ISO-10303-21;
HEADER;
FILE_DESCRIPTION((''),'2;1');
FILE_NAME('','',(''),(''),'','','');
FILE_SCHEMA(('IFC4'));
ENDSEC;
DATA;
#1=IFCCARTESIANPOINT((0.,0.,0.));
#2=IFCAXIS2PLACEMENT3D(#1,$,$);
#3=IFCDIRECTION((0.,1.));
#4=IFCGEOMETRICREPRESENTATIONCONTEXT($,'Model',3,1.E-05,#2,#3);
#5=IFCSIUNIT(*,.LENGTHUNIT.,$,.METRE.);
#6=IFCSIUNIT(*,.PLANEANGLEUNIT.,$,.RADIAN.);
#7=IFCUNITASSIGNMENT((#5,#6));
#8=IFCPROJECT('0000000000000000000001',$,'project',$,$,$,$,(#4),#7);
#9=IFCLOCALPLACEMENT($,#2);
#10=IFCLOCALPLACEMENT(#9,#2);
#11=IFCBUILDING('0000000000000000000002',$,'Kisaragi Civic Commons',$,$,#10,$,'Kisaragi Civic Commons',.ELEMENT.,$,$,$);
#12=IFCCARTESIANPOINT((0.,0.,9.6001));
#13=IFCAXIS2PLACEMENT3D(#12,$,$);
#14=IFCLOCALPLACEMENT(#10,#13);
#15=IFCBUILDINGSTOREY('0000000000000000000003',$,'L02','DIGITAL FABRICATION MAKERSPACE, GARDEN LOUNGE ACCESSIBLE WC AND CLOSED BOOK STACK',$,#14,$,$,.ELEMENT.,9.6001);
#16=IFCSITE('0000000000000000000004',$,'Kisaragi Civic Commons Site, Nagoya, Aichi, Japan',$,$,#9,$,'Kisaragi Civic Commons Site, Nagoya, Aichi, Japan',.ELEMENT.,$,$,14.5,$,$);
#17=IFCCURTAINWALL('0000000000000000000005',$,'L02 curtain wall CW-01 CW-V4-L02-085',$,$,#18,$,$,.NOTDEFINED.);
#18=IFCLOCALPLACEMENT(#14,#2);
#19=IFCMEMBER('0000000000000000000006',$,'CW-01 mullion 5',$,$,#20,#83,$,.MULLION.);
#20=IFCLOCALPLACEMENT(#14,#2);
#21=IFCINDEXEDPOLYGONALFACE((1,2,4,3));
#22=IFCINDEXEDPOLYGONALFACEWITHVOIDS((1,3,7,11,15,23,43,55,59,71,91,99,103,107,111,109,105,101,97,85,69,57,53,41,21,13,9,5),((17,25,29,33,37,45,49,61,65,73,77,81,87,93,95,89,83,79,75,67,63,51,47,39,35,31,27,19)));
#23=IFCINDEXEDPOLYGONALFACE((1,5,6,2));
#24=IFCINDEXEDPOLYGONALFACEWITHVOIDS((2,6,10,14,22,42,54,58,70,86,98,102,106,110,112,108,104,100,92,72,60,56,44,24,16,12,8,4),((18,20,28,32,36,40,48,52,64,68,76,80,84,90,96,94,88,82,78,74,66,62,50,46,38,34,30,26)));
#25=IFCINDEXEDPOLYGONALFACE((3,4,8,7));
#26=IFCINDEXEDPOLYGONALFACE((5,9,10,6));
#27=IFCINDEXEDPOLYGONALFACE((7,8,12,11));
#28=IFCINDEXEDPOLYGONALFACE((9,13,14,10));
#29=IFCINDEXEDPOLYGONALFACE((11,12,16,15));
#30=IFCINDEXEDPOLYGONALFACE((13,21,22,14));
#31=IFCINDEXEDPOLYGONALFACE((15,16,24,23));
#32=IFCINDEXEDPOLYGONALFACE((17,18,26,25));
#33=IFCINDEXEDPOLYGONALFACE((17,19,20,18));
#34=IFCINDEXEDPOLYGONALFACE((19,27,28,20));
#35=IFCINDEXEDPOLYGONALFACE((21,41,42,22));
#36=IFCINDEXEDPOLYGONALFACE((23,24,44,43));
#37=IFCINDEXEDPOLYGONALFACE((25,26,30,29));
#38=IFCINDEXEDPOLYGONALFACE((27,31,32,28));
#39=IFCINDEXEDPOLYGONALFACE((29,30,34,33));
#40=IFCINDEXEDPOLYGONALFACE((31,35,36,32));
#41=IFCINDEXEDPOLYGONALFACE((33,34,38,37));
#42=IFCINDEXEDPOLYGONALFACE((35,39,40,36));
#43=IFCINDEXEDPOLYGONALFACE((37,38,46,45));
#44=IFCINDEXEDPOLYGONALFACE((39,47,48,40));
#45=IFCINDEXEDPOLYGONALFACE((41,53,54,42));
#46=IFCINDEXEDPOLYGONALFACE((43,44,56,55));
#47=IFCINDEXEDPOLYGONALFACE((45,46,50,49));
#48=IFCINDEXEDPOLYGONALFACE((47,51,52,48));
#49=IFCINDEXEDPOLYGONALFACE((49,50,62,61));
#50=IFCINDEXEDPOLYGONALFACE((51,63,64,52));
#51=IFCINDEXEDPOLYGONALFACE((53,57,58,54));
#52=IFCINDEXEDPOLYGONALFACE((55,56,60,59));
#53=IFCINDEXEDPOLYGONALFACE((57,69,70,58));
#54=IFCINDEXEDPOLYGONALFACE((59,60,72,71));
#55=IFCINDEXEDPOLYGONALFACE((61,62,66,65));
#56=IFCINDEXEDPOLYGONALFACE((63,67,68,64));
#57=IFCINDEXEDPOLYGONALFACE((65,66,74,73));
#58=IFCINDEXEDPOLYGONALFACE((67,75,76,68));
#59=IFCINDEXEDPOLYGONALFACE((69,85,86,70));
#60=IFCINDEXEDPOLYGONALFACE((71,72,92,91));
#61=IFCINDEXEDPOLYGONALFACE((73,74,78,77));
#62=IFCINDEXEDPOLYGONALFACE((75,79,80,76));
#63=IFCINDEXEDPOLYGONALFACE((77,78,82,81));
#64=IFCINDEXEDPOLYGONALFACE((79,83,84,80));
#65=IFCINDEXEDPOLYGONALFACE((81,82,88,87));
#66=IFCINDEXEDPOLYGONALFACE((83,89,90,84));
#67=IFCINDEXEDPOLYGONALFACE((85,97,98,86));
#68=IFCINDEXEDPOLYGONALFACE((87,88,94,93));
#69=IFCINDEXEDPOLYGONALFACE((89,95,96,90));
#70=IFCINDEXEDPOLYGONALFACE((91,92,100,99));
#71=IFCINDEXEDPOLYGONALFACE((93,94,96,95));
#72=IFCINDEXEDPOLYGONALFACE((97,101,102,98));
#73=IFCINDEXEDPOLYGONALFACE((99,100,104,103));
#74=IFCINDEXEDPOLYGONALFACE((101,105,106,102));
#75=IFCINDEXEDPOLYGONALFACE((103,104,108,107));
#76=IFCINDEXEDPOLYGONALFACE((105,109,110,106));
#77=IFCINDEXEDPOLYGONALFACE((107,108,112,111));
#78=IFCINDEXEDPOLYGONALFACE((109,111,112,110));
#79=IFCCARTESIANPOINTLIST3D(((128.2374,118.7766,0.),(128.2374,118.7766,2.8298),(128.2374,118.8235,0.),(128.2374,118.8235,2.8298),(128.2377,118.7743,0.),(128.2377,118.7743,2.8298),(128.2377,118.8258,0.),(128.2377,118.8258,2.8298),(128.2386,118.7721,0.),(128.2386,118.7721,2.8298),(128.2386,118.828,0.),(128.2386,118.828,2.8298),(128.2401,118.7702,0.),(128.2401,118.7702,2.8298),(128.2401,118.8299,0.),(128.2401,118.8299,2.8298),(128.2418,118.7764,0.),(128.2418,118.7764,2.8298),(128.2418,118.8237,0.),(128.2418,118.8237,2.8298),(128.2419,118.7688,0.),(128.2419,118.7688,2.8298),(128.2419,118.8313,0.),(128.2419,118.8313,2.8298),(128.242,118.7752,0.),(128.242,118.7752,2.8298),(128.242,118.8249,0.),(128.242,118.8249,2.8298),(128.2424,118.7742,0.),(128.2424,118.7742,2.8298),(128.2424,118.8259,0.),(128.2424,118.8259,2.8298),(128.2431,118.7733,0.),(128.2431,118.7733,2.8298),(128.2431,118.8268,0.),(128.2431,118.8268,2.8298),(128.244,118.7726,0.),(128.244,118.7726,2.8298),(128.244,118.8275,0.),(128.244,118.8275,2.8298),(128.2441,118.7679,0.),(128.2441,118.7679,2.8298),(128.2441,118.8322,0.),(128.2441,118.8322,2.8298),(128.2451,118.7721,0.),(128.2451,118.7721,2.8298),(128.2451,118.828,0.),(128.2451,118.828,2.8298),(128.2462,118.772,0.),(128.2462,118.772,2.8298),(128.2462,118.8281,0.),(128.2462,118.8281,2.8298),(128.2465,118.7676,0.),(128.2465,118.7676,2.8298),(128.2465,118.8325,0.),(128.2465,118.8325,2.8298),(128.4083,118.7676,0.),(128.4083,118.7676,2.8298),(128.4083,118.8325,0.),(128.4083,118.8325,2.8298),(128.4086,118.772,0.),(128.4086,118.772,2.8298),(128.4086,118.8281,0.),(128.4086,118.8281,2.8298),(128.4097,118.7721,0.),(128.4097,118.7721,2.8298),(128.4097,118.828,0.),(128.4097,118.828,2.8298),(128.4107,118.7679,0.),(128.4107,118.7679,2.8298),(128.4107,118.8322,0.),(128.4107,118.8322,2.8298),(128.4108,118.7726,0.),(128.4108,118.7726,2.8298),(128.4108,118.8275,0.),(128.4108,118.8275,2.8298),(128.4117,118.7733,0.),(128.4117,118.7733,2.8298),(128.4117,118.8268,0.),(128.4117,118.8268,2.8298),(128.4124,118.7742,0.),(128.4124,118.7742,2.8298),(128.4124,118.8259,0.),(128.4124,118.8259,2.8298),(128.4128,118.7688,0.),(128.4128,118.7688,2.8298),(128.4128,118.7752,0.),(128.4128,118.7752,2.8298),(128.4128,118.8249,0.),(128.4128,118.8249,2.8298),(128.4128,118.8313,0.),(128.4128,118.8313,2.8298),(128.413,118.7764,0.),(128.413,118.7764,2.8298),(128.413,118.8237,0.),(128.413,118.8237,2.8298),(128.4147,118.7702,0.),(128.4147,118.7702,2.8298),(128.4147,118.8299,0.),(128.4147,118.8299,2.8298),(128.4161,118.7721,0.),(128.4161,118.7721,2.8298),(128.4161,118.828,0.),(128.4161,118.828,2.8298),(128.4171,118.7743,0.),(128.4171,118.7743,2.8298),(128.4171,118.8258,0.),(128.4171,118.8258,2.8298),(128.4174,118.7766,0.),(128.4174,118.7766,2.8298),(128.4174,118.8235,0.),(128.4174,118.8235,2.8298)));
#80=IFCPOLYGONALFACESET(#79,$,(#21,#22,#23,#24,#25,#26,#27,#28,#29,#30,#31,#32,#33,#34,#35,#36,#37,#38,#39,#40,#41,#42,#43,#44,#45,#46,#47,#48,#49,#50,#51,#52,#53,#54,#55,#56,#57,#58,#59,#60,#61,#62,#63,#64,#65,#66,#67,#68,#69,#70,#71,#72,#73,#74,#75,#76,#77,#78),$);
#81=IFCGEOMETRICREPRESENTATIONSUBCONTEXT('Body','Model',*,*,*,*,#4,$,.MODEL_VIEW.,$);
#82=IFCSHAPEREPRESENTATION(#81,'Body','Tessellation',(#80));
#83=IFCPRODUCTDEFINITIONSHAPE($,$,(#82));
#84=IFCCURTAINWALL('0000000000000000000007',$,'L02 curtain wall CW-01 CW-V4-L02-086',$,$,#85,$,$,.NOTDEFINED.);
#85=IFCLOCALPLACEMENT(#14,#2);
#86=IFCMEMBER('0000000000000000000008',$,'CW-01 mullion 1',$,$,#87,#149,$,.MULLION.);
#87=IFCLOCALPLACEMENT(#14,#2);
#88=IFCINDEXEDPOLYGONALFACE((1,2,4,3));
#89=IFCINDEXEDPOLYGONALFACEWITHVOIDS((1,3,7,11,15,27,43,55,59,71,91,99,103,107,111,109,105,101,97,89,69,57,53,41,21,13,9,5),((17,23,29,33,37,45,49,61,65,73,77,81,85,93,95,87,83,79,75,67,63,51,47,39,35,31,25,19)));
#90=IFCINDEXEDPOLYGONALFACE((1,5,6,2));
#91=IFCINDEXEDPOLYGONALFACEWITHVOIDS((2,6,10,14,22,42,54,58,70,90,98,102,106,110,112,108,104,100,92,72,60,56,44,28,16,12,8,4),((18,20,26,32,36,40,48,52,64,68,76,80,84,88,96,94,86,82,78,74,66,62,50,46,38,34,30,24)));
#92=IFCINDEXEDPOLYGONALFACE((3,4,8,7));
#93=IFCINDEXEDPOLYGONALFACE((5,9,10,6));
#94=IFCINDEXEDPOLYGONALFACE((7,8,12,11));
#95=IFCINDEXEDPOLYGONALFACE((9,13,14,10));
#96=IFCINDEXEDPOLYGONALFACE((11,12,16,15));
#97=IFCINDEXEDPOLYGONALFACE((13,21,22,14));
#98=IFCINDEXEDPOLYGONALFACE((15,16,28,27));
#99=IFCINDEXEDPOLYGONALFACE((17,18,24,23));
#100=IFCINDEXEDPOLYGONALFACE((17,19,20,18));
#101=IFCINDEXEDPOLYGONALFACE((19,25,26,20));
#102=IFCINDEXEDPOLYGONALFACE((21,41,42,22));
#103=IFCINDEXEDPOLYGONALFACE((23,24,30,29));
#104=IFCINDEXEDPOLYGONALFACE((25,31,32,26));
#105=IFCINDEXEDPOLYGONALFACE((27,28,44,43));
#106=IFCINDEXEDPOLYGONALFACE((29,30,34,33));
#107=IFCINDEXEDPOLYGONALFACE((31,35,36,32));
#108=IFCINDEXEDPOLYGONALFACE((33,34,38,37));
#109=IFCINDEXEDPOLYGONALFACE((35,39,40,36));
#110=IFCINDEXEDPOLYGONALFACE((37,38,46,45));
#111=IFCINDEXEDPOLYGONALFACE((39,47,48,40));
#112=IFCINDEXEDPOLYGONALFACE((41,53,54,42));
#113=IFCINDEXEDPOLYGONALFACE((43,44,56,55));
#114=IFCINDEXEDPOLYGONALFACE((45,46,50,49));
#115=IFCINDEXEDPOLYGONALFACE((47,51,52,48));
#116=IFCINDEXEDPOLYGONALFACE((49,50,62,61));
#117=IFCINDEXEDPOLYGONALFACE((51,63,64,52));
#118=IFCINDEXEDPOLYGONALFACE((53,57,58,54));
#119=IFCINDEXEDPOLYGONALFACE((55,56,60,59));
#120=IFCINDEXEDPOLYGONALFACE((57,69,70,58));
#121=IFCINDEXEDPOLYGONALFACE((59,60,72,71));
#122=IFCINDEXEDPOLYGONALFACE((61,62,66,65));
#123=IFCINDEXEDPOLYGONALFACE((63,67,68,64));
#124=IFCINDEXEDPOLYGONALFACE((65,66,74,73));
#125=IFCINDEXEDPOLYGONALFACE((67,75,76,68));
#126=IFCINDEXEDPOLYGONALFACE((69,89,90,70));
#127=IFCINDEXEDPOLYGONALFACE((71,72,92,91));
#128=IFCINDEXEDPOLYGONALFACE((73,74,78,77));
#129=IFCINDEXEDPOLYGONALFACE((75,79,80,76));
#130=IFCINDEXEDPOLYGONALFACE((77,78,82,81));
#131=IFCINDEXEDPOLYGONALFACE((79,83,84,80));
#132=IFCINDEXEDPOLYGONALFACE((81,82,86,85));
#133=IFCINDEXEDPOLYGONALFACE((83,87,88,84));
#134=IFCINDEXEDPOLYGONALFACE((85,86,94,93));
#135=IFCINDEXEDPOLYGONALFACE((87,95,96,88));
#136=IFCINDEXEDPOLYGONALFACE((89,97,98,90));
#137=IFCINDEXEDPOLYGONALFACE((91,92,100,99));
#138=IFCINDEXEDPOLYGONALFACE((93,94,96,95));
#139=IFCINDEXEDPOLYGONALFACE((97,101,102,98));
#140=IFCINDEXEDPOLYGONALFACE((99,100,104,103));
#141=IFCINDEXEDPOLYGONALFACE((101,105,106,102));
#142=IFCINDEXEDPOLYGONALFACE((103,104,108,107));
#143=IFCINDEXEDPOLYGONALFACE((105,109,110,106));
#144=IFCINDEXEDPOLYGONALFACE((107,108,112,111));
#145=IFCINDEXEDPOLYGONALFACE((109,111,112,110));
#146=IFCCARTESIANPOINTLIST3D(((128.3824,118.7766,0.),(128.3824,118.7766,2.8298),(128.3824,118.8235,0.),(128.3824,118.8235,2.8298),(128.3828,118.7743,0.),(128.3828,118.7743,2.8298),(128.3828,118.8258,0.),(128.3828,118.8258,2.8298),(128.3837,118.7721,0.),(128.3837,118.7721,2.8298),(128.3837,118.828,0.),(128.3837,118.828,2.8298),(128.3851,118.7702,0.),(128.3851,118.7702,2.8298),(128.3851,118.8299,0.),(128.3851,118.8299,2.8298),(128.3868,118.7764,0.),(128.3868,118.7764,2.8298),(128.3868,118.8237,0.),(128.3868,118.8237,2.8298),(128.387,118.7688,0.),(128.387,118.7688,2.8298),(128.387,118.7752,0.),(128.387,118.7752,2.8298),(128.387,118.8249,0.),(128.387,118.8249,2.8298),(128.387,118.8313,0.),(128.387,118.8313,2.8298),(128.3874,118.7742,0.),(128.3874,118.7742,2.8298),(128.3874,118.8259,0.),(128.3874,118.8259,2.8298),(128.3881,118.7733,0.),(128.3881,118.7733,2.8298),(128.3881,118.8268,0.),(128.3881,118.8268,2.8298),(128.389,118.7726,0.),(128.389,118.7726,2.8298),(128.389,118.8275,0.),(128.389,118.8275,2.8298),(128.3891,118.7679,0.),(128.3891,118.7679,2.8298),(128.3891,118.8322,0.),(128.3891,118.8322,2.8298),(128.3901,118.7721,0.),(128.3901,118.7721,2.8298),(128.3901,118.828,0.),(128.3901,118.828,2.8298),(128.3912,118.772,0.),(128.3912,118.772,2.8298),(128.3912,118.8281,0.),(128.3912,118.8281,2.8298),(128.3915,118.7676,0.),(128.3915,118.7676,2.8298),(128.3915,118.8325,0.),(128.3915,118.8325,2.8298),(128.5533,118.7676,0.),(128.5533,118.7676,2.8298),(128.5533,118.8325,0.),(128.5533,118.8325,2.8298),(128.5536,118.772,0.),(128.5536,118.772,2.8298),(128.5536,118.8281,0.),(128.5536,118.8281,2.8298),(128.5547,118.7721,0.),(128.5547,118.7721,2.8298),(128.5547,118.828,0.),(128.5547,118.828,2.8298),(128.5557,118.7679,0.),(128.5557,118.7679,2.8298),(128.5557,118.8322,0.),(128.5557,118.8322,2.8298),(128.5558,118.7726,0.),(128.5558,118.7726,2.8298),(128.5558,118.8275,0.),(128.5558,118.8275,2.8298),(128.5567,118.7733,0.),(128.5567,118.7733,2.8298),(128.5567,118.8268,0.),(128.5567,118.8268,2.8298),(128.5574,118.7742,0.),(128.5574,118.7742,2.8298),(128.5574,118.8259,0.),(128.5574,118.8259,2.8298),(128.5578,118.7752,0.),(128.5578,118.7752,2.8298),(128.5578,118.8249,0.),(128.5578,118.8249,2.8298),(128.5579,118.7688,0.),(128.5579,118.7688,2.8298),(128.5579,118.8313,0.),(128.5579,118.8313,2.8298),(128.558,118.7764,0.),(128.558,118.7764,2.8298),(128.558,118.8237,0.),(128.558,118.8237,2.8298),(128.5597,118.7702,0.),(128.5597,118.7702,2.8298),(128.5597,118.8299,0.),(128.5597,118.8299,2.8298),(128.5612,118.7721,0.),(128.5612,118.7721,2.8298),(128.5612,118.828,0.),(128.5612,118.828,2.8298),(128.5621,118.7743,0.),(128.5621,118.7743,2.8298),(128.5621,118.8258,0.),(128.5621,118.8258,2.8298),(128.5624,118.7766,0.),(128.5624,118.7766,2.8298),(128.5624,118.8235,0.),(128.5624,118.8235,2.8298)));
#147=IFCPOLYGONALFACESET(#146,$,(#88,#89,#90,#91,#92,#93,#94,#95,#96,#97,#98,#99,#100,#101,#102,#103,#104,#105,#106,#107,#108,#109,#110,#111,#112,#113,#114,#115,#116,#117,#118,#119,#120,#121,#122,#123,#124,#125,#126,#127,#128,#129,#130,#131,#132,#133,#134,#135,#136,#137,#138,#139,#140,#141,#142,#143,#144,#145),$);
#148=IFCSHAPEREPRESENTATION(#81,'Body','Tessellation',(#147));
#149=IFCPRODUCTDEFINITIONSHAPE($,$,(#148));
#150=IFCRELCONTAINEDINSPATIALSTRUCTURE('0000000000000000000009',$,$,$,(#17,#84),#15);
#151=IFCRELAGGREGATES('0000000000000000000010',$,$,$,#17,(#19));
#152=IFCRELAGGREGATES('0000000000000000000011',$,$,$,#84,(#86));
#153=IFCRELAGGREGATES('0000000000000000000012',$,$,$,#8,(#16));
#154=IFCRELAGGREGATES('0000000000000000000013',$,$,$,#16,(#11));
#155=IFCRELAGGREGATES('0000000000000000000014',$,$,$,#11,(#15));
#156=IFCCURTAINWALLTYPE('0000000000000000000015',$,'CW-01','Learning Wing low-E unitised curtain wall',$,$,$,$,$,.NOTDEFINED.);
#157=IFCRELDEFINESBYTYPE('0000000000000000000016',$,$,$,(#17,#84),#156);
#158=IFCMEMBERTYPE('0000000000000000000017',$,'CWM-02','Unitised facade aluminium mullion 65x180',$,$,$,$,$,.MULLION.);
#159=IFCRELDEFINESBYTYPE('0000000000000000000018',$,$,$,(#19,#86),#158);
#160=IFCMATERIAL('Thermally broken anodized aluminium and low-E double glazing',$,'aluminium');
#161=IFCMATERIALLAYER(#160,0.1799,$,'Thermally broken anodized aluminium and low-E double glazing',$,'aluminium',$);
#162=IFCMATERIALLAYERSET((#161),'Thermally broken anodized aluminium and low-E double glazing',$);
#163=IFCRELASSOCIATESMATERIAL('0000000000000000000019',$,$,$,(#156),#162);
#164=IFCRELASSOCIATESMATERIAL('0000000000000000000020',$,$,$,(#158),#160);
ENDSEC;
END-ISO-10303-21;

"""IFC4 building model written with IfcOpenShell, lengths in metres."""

from ifc_helpers import new_model, si_unit, direction, frame, origin, origin_2d, place, context, subcontext, project, spatial, hollow_rectangle, extrude, material, layer, layer_set, material_profile, profile_set, type_object, element, aggregate, save


model = new_model("IFC4")

# Units and contexts
model_context = context("Model", 3, precision=1e-05, world=origin(), true_north=direction((0.0, 1.0)))
body_context = subcontext(model_context, "Body", "Model", "MODEL_VIEW")
ifc_project = project(units=[si_unit("LENGTHUNIT", "METRE"), si_unit("PLANEANGLEUNIT", "RADIAN")], contexts=[model_context])

# Site, building, storey
site_placement = place(None, origin())
site = spatial("IfcSite", under=ifc_project, at=site_placement, Name="Kisaragi Civic Commons Site, Nagoya, Aichi, Japan", LongName="Kisaragi Civic Commons Site, Nagoya, Aichi, Japan", CompositionType="ELEMENT", RefElevation=14.5)
building_placement = place(site_placement, origin())
building = spatial("IfcBuilding", under=site, at=building_placement, Name="Kisaragi Civic Commons", LongName="Kisaragi Civic Commons", CompositionType="ELEMENT")
storey_placement = place(building_placement, frame((0.0, 0.0, 9.6001)))
storey = spatial("IfcBuildingStorey", under=building, at=storey_placement, Name="L02", Description="DIGITAL FABRICATION MAKERSPACE, GARDEN LOUNGE ACCESSIBLE WC AND CLOSED BOOK STACK", CompositionType="ELEMENT", Elevation=9.6001)

# Curtain walls, members
ifc_material_1 = material(Name="Thermally broken anodized aluminium and low-E double glazing", Category="aluminium")
ifc_layer_1 = layer(ifc_material_1, 0.1799, Name="Thermally broken anodized aluminium and low-E double glazing", Category="aluminium")
ifc_layer_set_1 = layer_set([ifc_layer_1], Name="Thermally broken anodized aluminium and low-E double glazing")
curtain_wall_type = type_object("IfcCurtainWallType", Name="CW-01", Description="Learning Wing low-E unitised curtain wall", PredefinedType="NOTDEFINED", material=ifc_layer_set_1)
curtain_wall_1_placement = place(storey_placement, origin())
curtain_wall_1 = element("IfcCurtainWall", 1, at=curtain_wall_1_placement, inside=storey, type_object=curtain_wall_type, Name="L02 curtain wall CW-01 CW-V4-L02-085", PredefinedType="NOTDEFINED")
ifc_material_profile_1 = material_profile(ifc_material_1, hollow_rectangle(XDim=0.0649, YDim=0.1799, WallThickness=0.0044, InnerFilletRadius=0.0044, OuterFilletRadius=0.009, at=origin_2d()), Name="CWM-65x180x4.5", Category="aluminium")
ifc_profile_set_1 = profile_set([ifc_material_profile_1], Name="Thermally broken anodized aluminium and low-E double glazing")
member_type_1 = type_object("IfcMemberType", Name="CWM-02", Description="Unitised facade aluminium mullion 65x180", PredefinedType="MULLION", material=ifc_profile_set_1)
member_1_placement = place(storey_placement, frame((128.3274, 118.8, 0.0), z_axis=(0.0, 0.0, 1.0), x_axis=(0.0, 1.0, 0.0)))
member_1 = element("IfcMember", 2, at=member_1_placement, type_object=member_type_1, Name="CW-01 mullion 5", PredefinedType="MULLION", context=body_context, shape_type="SweptSolid", body=[
    extrude(hollow_rectangle(XDim=0.0649, YDim=0.1799, WallThickness=0.0044, InnerFilletRadius=0.0044, OuterFilletRadius=0.009, at=origin_2d()), origin(), (0.0, 0.0, 1.0), 2.8298),
])
curtain_wall_2_placement = place(storey_placement, origin())
curtain_wall_2 = element("IfcCurtainWall", 3, at=curtain_wall_2_placement, inside=storey, type_object=curtain_wall_type, Name="L02 curtain wall CW-01 CW-V4-L02-086", PredefinedType="NOTDEFINED")
member_2_placement = place(storey_placement, frame((128.4724, 118.8, 0.0), z_axis=(0.0, 0.0, 1.0), x_axis=(0.0, 1.0, 0.0)))
member_2 = element("IfcMember", 4, at=member_2_placement, type_object=member_type_1, Name="CW-01 mullion 1", PredefinedType="MULLION", context=body_context, shape_type="SweptSolid", body=[
    extrude(hollow_rectangle(XDim=0.0649, YDim=0.1799, WallThickness=0.0044, InnerFilletRadius=0.0044, OuterFilletRadius=0.009, at=origin_2d()), origin(), (0.0, 0.0, 1.0), 2.8298),
])

aggregate(curtain_wall_1, [member_1])
aggregate(curtain_wall_2, [member_2])

save(model, "model.ifc")
